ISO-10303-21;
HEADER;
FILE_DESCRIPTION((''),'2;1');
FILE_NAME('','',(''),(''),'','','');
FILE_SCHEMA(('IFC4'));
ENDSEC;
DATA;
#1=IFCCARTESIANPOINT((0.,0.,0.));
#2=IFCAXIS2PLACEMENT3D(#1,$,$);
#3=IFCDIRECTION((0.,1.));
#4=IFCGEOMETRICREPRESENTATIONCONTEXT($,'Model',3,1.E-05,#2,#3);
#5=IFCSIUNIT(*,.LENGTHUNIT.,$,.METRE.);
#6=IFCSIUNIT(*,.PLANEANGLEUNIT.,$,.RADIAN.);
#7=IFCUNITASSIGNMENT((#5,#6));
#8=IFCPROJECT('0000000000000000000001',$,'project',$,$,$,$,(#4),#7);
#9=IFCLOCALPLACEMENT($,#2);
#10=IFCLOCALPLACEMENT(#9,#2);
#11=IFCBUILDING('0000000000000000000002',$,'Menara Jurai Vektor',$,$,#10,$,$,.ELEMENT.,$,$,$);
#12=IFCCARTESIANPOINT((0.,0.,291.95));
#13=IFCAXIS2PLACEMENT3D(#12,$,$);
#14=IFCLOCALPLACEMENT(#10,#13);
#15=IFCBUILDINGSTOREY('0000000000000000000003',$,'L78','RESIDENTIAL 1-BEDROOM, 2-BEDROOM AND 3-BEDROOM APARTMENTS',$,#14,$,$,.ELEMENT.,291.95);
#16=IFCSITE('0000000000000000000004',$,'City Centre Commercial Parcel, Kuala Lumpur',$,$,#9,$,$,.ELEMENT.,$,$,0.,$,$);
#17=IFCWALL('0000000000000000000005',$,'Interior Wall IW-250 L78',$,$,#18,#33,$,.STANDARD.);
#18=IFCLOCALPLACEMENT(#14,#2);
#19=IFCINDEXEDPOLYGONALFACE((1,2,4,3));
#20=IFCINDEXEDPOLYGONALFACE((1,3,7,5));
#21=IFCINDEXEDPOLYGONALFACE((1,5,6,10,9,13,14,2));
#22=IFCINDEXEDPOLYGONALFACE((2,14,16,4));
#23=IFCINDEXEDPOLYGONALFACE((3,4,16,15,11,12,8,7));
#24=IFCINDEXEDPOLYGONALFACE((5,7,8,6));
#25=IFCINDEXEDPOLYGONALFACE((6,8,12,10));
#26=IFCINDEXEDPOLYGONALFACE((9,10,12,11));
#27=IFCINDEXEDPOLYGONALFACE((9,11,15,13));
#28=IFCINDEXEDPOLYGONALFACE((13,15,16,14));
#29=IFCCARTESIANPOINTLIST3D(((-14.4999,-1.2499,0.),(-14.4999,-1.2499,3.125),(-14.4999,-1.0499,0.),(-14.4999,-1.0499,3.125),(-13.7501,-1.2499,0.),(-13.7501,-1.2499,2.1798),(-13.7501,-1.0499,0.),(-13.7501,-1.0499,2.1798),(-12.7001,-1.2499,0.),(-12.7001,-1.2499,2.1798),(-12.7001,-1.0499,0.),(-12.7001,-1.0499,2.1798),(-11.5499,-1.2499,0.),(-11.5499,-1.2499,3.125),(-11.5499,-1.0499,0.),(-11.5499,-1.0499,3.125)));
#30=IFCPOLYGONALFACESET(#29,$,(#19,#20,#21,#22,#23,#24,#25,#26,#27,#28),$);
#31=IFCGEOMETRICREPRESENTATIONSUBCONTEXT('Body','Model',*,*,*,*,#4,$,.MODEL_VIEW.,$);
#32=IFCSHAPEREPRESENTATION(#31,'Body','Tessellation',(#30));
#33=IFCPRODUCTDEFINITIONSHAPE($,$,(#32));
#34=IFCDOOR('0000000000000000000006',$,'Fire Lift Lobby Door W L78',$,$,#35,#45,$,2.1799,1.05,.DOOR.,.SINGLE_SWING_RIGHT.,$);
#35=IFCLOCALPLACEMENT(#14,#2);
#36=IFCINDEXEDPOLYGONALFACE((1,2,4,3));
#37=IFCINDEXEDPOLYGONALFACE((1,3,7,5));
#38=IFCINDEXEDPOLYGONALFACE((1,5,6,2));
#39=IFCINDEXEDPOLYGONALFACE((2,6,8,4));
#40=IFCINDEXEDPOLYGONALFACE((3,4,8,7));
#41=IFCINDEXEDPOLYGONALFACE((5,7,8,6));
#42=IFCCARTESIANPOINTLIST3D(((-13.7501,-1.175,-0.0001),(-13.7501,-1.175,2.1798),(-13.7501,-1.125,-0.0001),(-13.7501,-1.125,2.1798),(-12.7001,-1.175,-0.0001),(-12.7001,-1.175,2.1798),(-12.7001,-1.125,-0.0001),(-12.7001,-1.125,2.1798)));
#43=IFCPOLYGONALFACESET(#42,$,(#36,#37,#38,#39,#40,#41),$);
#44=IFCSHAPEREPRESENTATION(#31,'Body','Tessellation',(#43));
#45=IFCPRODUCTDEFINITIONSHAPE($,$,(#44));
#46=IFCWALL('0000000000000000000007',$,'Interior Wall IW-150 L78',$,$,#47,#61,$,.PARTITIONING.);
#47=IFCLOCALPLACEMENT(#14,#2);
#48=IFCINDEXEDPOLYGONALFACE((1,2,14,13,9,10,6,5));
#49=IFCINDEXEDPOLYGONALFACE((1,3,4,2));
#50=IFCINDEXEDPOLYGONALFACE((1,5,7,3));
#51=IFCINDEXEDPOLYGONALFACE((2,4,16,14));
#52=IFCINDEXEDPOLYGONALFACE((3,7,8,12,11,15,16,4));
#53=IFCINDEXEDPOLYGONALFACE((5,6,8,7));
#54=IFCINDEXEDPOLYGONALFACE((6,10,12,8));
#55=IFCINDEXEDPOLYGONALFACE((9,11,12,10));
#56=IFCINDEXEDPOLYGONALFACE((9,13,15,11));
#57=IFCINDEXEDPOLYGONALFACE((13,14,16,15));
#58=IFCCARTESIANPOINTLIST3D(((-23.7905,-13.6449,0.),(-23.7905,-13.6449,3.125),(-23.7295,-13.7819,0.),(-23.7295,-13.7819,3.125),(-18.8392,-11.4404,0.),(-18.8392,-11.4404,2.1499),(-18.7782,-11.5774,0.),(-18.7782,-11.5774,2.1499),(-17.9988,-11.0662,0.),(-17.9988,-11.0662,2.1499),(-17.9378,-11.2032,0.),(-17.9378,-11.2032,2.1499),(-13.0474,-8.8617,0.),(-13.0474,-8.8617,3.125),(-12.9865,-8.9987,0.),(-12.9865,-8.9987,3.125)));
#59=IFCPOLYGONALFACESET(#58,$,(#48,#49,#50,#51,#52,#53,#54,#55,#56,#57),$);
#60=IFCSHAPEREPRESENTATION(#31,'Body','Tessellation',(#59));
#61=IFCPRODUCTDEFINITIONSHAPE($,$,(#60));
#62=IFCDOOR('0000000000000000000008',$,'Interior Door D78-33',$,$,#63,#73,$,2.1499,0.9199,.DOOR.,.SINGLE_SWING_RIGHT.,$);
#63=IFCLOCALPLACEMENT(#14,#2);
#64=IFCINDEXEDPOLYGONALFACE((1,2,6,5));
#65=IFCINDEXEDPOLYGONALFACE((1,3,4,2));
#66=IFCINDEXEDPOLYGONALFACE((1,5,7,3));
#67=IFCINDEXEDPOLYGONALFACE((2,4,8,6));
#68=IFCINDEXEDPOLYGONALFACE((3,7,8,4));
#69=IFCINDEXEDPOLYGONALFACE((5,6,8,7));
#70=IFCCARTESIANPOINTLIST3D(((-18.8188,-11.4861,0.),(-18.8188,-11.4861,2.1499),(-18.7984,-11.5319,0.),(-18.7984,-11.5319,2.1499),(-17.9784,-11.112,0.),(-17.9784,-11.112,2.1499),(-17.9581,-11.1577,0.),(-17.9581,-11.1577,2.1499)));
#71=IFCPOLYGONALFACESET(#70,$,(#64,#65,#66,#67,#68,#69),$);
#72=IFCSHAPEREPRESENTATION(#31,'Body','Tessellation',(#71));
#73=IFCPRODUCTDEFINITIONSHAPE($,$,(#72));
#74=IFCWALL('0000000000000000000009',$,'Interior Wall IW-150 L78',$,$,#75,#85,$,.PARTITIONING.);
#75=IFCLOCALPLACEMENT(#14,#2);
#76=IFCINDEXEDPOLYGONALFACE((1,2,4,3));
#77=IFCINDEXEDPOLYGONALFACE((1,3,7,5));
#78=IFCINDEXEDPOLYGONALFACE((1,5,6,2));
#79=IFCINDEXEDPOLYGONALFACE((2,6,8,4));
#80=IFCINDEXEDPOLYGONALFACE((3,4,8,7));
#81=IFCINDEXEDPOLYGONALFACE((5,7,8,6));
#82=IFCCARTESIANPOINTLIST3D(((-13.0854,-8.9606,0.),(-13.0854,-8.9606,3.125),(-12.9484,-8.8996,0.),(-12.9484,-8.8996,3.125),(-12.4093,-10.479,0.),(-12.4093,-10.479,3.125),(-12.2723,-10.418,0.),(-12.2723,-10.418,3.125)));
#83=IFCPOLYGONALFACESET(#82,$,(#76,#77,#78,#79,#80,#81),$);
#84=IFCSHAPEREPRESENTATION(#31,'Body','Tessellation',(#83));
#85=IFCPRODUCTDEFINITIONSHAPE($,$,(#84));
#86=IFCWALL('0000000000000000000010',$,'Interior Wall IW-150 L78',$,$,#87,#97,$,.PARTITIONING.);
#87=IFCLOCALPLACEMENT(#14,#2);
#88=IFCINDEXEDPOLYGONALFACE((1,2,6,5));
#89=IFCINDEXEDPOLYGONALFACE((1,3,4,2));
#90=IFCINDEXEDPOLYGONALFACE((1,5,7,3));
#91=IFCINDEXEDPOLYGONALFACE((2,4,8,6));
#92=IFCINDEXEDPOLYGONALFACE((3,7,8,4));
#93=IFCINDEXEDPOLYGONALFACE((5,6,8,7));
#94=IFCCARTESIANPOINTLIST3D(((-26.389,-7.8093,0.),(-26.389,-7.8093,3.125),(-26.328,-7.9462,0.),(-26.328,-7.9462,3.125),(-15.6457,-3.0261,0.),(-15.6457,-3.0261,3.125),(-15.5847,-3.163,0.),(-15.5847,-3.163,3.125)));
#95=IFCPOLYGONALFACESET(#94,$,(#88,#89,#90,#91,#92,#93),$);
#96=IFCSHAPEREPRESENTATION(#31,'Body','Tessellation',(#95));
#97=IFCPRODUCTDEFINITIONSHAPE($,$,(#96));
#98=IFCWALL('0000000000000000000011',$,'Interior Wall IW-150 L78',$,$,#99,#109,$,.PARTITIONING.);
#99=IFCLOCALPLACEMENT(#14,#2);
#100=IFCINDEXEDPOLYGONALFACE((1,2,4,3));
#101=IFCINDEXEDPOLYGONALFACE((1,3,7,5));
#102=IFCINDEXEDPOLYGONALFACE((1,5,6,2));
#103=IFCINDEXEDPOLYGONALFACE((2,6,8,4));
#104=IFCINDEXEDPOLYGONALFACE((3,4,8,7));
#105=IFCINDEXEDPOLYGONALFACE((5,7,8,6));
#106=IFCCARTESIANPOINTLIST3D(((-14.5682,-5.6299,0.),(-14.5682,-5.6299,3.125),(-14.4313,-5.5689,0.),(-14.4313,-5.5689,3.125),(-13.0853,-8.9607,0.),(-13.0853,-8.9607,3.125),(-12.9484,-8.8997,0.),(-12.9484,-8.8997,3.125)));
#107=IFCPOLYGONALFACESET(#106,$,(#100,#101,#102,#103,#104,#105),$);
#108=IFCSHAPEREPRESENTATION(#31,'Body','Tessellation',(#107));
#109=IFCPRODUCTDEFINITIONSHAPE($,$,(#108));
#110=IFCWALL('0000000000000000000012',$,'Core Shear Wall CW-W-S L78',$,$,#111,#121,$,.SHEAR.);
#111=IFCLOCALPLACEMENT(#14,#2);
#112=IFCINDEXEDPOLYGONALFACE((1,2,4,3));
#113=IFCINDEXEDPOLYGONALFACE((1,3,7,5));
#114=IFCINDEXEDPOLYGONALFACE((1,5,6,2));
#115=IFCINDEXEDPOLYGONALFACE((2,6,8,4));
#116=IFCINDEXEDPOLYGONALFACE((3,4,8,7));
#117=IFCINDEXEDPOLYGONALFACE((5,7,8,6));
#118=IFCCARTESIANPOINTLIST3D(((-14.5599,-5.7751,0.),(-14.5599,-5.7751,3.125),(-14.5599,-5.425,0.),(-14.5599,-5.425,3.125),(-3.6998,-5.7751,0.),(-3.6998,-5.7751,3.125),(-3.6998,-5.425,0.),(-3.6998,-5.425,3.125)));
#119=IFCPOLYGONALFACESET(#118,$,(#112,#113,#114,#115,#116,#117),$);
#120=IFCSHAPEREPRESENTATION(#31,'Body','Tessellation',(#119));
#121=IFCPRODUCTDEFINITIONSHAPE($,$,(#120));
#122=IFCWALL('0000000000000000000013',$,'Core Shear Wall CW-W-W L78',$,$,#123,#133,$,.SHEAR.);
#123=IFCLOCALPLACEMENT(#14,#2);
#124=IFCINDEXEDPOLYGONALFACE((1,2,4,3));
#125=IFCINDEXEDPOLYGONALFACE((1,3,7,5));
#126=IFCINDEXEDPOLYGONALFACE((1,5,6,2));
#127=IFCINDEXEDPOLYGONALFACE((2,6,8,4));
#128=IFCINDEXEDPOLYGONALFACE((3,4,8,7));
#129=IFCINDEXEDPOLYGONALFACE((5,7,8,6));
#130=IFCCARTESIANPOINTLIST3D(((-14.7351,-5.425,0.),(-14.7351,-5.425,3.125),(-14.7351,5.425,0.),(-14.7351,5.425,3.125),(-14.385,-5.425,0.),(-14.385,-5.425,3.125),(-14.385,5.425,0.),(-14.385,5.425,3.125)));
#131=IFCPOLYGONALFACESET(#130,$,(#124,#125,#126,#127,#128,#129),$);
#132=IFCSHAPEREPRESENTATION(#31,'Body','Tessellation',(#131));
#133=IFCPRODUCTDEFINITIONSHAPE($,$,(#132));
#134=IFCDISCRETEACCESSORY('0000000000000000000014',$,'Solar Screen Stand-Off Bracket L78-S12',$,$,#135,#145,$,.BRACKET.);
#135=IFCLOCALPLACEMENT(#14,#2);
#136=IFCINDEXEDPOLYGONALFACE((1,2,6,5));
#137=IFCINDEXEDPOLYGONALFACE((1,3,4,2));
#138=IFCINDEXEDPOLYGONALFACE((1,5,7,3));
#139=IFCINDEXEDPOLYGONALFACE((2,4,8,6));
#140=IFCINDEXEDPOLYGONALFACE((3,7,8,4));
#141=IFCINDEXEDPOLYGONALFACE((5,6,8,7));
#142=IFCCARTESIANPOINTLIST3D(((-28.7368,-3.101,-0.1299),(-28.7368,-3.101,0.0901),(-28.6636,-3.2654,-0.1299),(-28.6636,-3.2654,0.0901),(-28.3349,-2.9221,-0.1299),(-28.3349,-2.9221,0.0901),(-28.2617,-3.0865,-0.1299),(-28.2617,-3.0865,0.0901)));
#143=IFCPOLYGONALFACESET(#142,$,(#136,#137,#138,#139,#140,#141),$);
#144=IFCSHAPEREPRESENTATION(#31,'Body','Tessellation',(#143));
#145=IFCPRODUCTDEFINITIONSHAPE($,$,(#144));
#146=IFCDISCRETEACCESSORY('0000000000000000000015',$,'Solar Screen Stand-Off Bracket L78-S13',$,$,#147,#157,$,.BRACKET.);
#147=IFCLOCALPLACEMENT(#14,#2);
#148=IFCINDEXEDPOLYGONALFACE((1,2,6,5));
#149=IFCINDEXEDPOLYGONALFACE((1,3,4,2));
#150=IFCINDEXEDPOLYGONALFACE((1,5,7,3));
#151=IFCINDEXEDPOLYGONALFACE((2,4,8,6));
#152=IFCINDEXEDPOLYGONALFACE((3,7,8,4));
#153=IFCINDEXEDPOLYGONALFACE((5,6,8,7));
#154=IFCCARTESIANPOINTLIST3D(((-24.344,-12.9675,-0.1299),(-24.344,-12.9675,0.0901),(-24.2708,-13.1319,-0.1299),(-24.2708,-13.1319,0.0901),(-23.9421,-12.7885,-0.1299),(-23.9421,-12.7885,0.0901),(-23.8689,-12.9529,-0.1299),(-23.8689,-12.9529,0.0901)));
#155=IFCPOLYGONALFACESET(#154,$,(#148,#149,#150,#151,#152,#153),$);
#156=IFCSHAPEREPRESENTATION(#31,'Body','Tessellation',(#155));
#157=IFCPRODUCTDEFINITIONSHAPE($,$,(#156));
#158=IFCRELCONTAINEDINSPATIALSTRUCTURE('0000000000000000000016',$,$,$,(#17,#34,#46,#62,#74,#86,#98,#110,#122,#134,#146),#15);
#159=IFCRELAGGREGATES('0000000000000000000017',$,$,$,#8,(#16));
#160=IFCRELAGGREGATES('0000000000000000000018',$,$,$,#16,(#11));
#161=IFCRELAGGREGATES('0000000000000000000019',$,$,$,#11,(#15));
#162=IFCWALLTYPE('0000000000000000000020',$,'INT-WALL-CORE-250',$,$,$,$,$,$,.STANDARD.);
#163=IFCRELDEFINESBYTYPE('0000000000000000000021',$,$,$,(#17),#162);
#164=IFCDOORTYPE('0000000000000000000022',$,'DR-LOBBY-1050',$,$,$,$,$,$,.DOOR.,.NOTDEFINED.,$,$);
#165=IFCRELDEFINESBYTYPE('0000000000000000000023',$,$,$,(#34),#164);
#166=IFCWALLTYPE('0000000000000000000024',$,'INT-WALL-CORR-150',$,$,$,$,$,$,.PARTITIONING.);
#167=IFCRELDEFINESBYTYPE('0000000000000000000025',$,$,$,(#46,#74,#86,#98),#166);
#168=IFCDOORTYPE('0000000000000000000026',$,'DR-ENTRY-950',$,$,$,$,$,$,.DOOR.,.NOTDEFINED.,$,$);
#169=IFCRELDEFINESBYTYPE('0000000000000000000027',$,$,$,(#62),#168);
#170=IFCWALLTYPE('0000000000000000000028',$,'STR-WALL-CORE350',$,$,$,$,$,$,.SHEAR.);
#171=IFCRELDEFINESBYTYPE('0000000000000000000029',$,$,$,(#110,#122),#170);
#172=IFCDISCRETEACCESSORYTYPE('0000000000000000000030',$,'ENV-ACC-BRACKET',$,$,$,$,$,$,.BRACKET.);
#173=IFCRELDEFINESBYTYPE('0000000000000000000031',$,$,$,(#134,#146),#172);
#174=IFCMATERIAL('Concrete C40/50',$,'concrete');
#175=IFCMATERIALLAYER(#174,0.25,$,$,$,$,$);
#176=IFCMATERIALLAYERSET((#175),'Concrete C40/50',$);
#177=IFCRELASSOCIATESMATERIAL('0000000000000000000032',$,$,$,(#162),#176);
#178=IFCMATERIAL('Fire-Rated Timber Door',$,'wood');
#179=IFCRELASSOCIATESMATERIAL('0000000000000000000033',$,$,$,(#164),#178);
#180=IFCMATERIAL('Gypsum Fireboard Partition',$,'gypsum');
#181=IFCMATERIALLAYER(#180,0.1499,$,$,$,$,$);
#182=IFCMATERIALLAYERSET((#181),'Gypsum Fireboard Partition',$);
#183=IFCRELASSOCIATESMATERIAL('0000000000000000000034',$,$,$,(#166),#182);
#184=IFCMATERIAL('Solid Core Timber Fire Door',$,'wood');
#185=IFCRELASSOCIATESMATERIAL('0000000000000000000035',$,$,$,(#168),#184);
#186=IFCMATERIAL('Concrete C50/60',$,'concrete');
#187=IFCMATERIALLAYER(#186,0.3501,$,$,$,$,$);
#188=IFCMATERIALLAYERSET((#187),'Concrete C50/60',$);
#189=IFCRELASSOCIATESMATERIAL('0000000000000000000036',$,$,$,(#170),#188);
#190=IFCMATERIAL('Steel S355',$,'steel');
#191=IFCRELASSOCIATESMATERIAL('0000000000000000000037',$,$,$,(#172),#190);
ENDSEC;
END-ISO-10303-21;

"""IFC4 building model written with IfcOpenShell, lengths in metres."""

from ifc_helpers import new_model, si_unit, direction, frame, frame_2d, origin, origin_2d, place, context, subcontext, project, spatial, rectangle, extrude, material, layer, layer_set, type_object, element, fill, save


model = new_model("IFC4")

# Units and contexts
model_context = context("Model", 3, precision=1e-05, world=origin(), true_north=direction((0.0, 1.0)))
body_context = subcontext(model_context, "Body", "Model", "MODEL_VIEW")
ifc_project = project(units=[si_unit("LENGTHUNIT", "METRE"), si_unit("PLANEANGLEUNIT", "RADIAN")], contexts=[model_context])

# Site, building, storey
site_placement = place(None, origin())
site = spatial("IfcSite", under=ifc_project, at=site_placement, Name="City Centre Commercial Parcel, Kuala Lumpur", CompositionType="ELEMENT", RefElevation=0.0)
building_placement = place(site_placement, origin())
building = spatial("IfcBuilding", under=site, at=building_placement, Name="Menara Jurai Vektor", CompositionType="ELEMENT")
storey_placement = place(building_placement, frame((0.0, 0.0, 291.95)))
storey = spatial("IfcBuildingStorey", under=building, at=storey_placement, Name="L78", Description="RESIDENTIAL 1-BEDROOM, 2-BEDROOM AND 3-BEDROOM APARTMENTS", CompositionType="ELEMENT", Elevation=291.95)

# Shared definitions
ifc_material_1 = material(Name="Concrete C50/60", Category="concrete")

# Shared definitions
ifc_material_2 = material(Name="Steel S355", Category="steel")

# Walls, openings, doors
ifc_material_3 = material(Name="Concrete C40/50", Category="concrete")
ifc_layer_1 = layer(ifc_material_3, 0.25)
ifc_layer_set_1 = layer_set([ifc_layer_1], Name="Concrete C40/50")
wall_type_1 = type_object("IfcWallType", Name="INT-WALL-CORE-250", PredefinedType="STANDARD", material=ifc_layer_set_1)
wall_1_placement = place(storey_placement, frame((-14.5, -1.1499, 0.0), z_axis=(0.0, 0.0, 1.0), x_axis=(1.0, 0.0, 0.0)))
wall_1 = element("IfcWall", 1, at=wall_1_placement, inside=storey, type_object=wall_type_1, Name="Interior Wall IW-250 L78", PredefinedType="STANDARD", context=body_context, shape_type="SweptSolid", body=[
    extrude(rectangle(XDim=2.95, YDim=0.2, at=frame_2d((1.4751, 0.0))), origin(), (0.0, 0.0, 1.0), 3.125),
])
opening_1_placement = place(wall_1_placement, frame((0.75, 0.0, 0.0)))
opening_1 = element("IfcOpeningElement", 2, at=opening_1_placement, cuts=wall_1, PredefinedType="OPENING", context=body_context, shape_type="SweptSolid", body=[
    extrude(rectangle(XDim=1.05, YDim=2.1799, at=frame_2d((0.5249, 1.0898))), frame((0.0, 0.1099, 0.0), z_axis=(0.0, -1.0, 0.0), x_axis=(1.0, 0.0, 0.0)), (0.0, 0.0, 1.0), 0.22),
])
ifc_material_4 = material(Name="Fire-Rated Timber Door", Category="wood")
door_type_1 = type_object("IfcDoorType", Name="DR-LOBBY-1050", OperationType="NOTDEFINED", PredefinedType="DOOR", material=ifc_material_4)
door_1_placement = place(opening_1_placement, origin())
door_1 = element("IfcDoor", 3, at=door_1_placement, inside=storey, type_object=door_type_1, Name="Fire Lift Lobby Door W L78", OperationType="SINGLE_SWING_RIGHT", OverallHeight=2.1799, OverallWidth=1.05, PredefinedType="DOOR", context=body_context, shape_type="SweptSolid", body=[
    extrude(rectangle(XDim=1.05, YDim=2.1799, at=frame_2d((0.5249, 1.0898))), frame((0.0, 0.0249, 0.0), z_axis=(0.0, -1.0, 0.0), x_axis=(1.0, 0.0, 0.0)), (0.0, 0.0, 1.0), 0.05),
])
fill(opening_1, door_1)
ifc_material_5 = material(Name="Gypsum Fireboard Partition", Category="gypsum")
ifc_layer_2 = layer(ifc_material_5, 0.1499)
ifc_layer_set_2 = layer_set([ifc_layer_2], Name="Gypsum Fireboard Partition")
wall_type_2 = type_object("IfcWallType", Name="INT-WALL-CORR-150", PredefinedType="PARTITIONING", material=ifc_layer_set_2)
wall_2_placement = place(storey_placement, frame((-23.76, -13.7134, 0.0), z_axis=(0.0, 0.0, 1.0), x_axis=(0.913544, 0.406739, 0.0)))
wall_2 = element("IfcWall", 4, at=wall_2_placement, inside=storey, type_object=wall_type_2, Name="Interior Wall IW-150 L78", PredefinedType="PARTITIONING", context=body_context, shape_type="SweptSolid", body=[
    extrude(rectangle(XDim=11.7598, YDim=0.1499, at=frame_2d((5.8799, 0.0))), origin(), (0.0, 0.0, 1.0), 3.125),
])
opening_2_placement = place(wall_2_placement, frame((5.4199, 0.0, 0.0)))
opening_2 = element("IfcOpeningElement", 5, at=opening_2_placement, cuts=wall_2, PredefinedType="OPENING", context=body_context, shape_type="SweptSolid", body=[
    extrude(rectangle(XDim=0.9199, YDim=2.1499, at=frame_2d((0.46, 1.075))), frame((0.0, 0.085, 0.0), z_axis=(0.0, -1.0, 0.0), x_axis=(1.0, 0.0, 0.0)), (0.0, 0.0, 1.0), 0.1699),
])
ifc_material_6 = material(Name="Solid Core Timber Fire Door", Category="wood")
door_type_2 = type_object("IfcDoorType", Name="DR-ENTRY-950", OperationType="NOTDEFINED", PredefinedType="DOOR", material=ifc_material_6)
door_2_placement = place(opening_2_placement, origin())
door_2 = element("IfcDoor", 6, at=door_2_placement, inside=storey, type_object=door_type_2, Name="Interior Door D78-33", OperationType="SINGLE_SWING_RIGHT", OverallHeight=2.1499, OverallWidth=0.9199, PredefinedType="DOOR", context=body_context, shape_type="SweptSolid", body=[
    extrude(rectangle(XDim=0.9199, YDim=2.1499, at=frame_2d((0.46, 1.075))), frame((0.0, 0.0249, 0.0), z_axis=(0.0, -1.0, 0.0), x_axis=(1.0, 0.0, 0.0)), (0.0, 0.0, 1.0), 0.05),
])
fill(opening_2, door_2)

# Walls
wall_3_placement = place(storey_placement, frame((-12.3408, -10.4485, 0.0), z_axis=(0.0, 0.0, 1.0), x_axis=(-0.406752, 0.913539, 0.0)))
element("IfcWall", 7, at=wall_3_placement, inside=storey, type_object=wall_type_2, Name="Interior Wall IW-150 L78", PredefinedType="PARTITIONING", context=body_context, shape_type="SweptSolid", body=[
    extrude(rectangle(XDim=1.6621, YDim=0.1499, at=frame_2d((0.8311, 0.0))), origin(), (0.0, 0.0, 1.0), 3.125),
])
wall_4_placement = place(storey_placement, frame((-26.3584, -7.8777, 0.0), z_axis=(0.0, 0.0, 1.0), x_axis=(0.913548, 0.406732, 0.0)))
element("IfcWall", 8, at=wall_4_placement, inside=storey, type_object=wall_type_2, Name="Interior Wall IW-150 L78", PredefinedType="PARTITIONING", context=body_context, shape_type="SweptSolid", body=[
    extrude(rectangle(XDim=11.76, YDim=0.1499, at=frame_2d((5.8799, 0.0))), origin(), (0.0, 0.0, 1.0), 3.125),
])
wall_5_placement = place(storey_placement, frame((-13.0168, -8.9302, 0.0), z_axis=(0.0, 0.0, 1.0), x_axis=(-0.406722, 0.913552, 0.0)))
element("IfcWall", 9, at=wall_5_placement, inside=storey, type_object=wall_type_2, Name="Interior Wall IW-150 L78", PredefinedType="PARTITIONING", context=body_context, shape_type="SweptSolid", body=[
    extrude(rectangle(XDim=3.646, YDim=0.1499, at=frame_2d((1.823, 0.0))), origin(), (0.0, 0.0, 1.0), 3.125),
])

# Walls
ifc_layer_3 = layer(ifc_material_1, 0.3501)
ifc_layer_set_3 = layer_set([ifc_layer_3], Name="Concrete C50/60")
wall_type_3 = type_object("IfcWallType", Name="STR-WALL-CORE350", PredefinedType="SHEAR", material=ifc_layer_set_3)
wall_6_placement = place(storey_placement, frame((-14.5601, -5.6001, 0.0), z_axis=(0.0, 0.0, 1.0), x_axis=(1.0, 0.0, 0.0)))
element("IfcWall", 10, at=wall_6_placement, inside=storey, type_object=wall_type_3, Name="Core Shear Wall CW-W-S L78", PredefinedType="SHEAR", context=body_context, shape_type="SweptSolid", body=[
    extrude(rectangle(XDim=10.8601, YDim=0.3501, at=frame_2d((5.4302, 0.0))), origin(), (0.0, 0.0, 1.0), 3.125),
])
wall_7_placement = place(storey_placement, frame((-14.5601, -5.425, 0.0), z_axis=(0.0, 0.0, 1.0), x_axis=(0.0, 1.0, 0.0)))
element("IfcWall", 11, at=wall_7_placement, inside=storey, type_object=wall_type_3, Name="Core Shear Wall CW-W-W L78", PredefinedType="SHEAR", context=body_context, shape_type="SweptSolid", body=[
    extrude(rectangle(XDim=10.8501, YDim=0.3501, at=frame_2d((5.425, 0.0))), origin(), (0.0, 0.0, 1.0), 3.125),
])

# Discrete accessories
discrete_accessory_type = type_object("IfcDiscreteAccessoryType", Name="ENV-ACC-BRACKET", PredefinedType="BRACKET", material=ifc_material_2)
for number, where, z_axis, x_axis, name in (
    (12, (-28.4993, -3.0938, -0.1299), (0.0, 0.0, 1.0), (0.406737, -0.913545, 0.0), "Solar Screen Stand-Off Bracket L78-S12"),
    (13, (-24.1064, -12.9602, -0.1299), (0.0, 0.0, 1.0), (0.406737, -0.913545, 0.0), "Solar Screen Stand-Off Bracket L78-S13"),
):
    element("IfcDiscreteAccessory", number, at=place(storey_placement, frame(where, z_axis=z_axis, x_axis=x_axis)), inside=storey, type_object=discrete_accessory_type, Name=name, PredefinedType="BRACKET", context=body_context, shape_type="SweptSolid", body=[
        extrude(rectangle(XDim=0.1799, YDim=0.4399, at=origin_2d()), origin(), (0.0, 0.0, 1.0), 0.22),
    ])

save(model, "model.ifc")
